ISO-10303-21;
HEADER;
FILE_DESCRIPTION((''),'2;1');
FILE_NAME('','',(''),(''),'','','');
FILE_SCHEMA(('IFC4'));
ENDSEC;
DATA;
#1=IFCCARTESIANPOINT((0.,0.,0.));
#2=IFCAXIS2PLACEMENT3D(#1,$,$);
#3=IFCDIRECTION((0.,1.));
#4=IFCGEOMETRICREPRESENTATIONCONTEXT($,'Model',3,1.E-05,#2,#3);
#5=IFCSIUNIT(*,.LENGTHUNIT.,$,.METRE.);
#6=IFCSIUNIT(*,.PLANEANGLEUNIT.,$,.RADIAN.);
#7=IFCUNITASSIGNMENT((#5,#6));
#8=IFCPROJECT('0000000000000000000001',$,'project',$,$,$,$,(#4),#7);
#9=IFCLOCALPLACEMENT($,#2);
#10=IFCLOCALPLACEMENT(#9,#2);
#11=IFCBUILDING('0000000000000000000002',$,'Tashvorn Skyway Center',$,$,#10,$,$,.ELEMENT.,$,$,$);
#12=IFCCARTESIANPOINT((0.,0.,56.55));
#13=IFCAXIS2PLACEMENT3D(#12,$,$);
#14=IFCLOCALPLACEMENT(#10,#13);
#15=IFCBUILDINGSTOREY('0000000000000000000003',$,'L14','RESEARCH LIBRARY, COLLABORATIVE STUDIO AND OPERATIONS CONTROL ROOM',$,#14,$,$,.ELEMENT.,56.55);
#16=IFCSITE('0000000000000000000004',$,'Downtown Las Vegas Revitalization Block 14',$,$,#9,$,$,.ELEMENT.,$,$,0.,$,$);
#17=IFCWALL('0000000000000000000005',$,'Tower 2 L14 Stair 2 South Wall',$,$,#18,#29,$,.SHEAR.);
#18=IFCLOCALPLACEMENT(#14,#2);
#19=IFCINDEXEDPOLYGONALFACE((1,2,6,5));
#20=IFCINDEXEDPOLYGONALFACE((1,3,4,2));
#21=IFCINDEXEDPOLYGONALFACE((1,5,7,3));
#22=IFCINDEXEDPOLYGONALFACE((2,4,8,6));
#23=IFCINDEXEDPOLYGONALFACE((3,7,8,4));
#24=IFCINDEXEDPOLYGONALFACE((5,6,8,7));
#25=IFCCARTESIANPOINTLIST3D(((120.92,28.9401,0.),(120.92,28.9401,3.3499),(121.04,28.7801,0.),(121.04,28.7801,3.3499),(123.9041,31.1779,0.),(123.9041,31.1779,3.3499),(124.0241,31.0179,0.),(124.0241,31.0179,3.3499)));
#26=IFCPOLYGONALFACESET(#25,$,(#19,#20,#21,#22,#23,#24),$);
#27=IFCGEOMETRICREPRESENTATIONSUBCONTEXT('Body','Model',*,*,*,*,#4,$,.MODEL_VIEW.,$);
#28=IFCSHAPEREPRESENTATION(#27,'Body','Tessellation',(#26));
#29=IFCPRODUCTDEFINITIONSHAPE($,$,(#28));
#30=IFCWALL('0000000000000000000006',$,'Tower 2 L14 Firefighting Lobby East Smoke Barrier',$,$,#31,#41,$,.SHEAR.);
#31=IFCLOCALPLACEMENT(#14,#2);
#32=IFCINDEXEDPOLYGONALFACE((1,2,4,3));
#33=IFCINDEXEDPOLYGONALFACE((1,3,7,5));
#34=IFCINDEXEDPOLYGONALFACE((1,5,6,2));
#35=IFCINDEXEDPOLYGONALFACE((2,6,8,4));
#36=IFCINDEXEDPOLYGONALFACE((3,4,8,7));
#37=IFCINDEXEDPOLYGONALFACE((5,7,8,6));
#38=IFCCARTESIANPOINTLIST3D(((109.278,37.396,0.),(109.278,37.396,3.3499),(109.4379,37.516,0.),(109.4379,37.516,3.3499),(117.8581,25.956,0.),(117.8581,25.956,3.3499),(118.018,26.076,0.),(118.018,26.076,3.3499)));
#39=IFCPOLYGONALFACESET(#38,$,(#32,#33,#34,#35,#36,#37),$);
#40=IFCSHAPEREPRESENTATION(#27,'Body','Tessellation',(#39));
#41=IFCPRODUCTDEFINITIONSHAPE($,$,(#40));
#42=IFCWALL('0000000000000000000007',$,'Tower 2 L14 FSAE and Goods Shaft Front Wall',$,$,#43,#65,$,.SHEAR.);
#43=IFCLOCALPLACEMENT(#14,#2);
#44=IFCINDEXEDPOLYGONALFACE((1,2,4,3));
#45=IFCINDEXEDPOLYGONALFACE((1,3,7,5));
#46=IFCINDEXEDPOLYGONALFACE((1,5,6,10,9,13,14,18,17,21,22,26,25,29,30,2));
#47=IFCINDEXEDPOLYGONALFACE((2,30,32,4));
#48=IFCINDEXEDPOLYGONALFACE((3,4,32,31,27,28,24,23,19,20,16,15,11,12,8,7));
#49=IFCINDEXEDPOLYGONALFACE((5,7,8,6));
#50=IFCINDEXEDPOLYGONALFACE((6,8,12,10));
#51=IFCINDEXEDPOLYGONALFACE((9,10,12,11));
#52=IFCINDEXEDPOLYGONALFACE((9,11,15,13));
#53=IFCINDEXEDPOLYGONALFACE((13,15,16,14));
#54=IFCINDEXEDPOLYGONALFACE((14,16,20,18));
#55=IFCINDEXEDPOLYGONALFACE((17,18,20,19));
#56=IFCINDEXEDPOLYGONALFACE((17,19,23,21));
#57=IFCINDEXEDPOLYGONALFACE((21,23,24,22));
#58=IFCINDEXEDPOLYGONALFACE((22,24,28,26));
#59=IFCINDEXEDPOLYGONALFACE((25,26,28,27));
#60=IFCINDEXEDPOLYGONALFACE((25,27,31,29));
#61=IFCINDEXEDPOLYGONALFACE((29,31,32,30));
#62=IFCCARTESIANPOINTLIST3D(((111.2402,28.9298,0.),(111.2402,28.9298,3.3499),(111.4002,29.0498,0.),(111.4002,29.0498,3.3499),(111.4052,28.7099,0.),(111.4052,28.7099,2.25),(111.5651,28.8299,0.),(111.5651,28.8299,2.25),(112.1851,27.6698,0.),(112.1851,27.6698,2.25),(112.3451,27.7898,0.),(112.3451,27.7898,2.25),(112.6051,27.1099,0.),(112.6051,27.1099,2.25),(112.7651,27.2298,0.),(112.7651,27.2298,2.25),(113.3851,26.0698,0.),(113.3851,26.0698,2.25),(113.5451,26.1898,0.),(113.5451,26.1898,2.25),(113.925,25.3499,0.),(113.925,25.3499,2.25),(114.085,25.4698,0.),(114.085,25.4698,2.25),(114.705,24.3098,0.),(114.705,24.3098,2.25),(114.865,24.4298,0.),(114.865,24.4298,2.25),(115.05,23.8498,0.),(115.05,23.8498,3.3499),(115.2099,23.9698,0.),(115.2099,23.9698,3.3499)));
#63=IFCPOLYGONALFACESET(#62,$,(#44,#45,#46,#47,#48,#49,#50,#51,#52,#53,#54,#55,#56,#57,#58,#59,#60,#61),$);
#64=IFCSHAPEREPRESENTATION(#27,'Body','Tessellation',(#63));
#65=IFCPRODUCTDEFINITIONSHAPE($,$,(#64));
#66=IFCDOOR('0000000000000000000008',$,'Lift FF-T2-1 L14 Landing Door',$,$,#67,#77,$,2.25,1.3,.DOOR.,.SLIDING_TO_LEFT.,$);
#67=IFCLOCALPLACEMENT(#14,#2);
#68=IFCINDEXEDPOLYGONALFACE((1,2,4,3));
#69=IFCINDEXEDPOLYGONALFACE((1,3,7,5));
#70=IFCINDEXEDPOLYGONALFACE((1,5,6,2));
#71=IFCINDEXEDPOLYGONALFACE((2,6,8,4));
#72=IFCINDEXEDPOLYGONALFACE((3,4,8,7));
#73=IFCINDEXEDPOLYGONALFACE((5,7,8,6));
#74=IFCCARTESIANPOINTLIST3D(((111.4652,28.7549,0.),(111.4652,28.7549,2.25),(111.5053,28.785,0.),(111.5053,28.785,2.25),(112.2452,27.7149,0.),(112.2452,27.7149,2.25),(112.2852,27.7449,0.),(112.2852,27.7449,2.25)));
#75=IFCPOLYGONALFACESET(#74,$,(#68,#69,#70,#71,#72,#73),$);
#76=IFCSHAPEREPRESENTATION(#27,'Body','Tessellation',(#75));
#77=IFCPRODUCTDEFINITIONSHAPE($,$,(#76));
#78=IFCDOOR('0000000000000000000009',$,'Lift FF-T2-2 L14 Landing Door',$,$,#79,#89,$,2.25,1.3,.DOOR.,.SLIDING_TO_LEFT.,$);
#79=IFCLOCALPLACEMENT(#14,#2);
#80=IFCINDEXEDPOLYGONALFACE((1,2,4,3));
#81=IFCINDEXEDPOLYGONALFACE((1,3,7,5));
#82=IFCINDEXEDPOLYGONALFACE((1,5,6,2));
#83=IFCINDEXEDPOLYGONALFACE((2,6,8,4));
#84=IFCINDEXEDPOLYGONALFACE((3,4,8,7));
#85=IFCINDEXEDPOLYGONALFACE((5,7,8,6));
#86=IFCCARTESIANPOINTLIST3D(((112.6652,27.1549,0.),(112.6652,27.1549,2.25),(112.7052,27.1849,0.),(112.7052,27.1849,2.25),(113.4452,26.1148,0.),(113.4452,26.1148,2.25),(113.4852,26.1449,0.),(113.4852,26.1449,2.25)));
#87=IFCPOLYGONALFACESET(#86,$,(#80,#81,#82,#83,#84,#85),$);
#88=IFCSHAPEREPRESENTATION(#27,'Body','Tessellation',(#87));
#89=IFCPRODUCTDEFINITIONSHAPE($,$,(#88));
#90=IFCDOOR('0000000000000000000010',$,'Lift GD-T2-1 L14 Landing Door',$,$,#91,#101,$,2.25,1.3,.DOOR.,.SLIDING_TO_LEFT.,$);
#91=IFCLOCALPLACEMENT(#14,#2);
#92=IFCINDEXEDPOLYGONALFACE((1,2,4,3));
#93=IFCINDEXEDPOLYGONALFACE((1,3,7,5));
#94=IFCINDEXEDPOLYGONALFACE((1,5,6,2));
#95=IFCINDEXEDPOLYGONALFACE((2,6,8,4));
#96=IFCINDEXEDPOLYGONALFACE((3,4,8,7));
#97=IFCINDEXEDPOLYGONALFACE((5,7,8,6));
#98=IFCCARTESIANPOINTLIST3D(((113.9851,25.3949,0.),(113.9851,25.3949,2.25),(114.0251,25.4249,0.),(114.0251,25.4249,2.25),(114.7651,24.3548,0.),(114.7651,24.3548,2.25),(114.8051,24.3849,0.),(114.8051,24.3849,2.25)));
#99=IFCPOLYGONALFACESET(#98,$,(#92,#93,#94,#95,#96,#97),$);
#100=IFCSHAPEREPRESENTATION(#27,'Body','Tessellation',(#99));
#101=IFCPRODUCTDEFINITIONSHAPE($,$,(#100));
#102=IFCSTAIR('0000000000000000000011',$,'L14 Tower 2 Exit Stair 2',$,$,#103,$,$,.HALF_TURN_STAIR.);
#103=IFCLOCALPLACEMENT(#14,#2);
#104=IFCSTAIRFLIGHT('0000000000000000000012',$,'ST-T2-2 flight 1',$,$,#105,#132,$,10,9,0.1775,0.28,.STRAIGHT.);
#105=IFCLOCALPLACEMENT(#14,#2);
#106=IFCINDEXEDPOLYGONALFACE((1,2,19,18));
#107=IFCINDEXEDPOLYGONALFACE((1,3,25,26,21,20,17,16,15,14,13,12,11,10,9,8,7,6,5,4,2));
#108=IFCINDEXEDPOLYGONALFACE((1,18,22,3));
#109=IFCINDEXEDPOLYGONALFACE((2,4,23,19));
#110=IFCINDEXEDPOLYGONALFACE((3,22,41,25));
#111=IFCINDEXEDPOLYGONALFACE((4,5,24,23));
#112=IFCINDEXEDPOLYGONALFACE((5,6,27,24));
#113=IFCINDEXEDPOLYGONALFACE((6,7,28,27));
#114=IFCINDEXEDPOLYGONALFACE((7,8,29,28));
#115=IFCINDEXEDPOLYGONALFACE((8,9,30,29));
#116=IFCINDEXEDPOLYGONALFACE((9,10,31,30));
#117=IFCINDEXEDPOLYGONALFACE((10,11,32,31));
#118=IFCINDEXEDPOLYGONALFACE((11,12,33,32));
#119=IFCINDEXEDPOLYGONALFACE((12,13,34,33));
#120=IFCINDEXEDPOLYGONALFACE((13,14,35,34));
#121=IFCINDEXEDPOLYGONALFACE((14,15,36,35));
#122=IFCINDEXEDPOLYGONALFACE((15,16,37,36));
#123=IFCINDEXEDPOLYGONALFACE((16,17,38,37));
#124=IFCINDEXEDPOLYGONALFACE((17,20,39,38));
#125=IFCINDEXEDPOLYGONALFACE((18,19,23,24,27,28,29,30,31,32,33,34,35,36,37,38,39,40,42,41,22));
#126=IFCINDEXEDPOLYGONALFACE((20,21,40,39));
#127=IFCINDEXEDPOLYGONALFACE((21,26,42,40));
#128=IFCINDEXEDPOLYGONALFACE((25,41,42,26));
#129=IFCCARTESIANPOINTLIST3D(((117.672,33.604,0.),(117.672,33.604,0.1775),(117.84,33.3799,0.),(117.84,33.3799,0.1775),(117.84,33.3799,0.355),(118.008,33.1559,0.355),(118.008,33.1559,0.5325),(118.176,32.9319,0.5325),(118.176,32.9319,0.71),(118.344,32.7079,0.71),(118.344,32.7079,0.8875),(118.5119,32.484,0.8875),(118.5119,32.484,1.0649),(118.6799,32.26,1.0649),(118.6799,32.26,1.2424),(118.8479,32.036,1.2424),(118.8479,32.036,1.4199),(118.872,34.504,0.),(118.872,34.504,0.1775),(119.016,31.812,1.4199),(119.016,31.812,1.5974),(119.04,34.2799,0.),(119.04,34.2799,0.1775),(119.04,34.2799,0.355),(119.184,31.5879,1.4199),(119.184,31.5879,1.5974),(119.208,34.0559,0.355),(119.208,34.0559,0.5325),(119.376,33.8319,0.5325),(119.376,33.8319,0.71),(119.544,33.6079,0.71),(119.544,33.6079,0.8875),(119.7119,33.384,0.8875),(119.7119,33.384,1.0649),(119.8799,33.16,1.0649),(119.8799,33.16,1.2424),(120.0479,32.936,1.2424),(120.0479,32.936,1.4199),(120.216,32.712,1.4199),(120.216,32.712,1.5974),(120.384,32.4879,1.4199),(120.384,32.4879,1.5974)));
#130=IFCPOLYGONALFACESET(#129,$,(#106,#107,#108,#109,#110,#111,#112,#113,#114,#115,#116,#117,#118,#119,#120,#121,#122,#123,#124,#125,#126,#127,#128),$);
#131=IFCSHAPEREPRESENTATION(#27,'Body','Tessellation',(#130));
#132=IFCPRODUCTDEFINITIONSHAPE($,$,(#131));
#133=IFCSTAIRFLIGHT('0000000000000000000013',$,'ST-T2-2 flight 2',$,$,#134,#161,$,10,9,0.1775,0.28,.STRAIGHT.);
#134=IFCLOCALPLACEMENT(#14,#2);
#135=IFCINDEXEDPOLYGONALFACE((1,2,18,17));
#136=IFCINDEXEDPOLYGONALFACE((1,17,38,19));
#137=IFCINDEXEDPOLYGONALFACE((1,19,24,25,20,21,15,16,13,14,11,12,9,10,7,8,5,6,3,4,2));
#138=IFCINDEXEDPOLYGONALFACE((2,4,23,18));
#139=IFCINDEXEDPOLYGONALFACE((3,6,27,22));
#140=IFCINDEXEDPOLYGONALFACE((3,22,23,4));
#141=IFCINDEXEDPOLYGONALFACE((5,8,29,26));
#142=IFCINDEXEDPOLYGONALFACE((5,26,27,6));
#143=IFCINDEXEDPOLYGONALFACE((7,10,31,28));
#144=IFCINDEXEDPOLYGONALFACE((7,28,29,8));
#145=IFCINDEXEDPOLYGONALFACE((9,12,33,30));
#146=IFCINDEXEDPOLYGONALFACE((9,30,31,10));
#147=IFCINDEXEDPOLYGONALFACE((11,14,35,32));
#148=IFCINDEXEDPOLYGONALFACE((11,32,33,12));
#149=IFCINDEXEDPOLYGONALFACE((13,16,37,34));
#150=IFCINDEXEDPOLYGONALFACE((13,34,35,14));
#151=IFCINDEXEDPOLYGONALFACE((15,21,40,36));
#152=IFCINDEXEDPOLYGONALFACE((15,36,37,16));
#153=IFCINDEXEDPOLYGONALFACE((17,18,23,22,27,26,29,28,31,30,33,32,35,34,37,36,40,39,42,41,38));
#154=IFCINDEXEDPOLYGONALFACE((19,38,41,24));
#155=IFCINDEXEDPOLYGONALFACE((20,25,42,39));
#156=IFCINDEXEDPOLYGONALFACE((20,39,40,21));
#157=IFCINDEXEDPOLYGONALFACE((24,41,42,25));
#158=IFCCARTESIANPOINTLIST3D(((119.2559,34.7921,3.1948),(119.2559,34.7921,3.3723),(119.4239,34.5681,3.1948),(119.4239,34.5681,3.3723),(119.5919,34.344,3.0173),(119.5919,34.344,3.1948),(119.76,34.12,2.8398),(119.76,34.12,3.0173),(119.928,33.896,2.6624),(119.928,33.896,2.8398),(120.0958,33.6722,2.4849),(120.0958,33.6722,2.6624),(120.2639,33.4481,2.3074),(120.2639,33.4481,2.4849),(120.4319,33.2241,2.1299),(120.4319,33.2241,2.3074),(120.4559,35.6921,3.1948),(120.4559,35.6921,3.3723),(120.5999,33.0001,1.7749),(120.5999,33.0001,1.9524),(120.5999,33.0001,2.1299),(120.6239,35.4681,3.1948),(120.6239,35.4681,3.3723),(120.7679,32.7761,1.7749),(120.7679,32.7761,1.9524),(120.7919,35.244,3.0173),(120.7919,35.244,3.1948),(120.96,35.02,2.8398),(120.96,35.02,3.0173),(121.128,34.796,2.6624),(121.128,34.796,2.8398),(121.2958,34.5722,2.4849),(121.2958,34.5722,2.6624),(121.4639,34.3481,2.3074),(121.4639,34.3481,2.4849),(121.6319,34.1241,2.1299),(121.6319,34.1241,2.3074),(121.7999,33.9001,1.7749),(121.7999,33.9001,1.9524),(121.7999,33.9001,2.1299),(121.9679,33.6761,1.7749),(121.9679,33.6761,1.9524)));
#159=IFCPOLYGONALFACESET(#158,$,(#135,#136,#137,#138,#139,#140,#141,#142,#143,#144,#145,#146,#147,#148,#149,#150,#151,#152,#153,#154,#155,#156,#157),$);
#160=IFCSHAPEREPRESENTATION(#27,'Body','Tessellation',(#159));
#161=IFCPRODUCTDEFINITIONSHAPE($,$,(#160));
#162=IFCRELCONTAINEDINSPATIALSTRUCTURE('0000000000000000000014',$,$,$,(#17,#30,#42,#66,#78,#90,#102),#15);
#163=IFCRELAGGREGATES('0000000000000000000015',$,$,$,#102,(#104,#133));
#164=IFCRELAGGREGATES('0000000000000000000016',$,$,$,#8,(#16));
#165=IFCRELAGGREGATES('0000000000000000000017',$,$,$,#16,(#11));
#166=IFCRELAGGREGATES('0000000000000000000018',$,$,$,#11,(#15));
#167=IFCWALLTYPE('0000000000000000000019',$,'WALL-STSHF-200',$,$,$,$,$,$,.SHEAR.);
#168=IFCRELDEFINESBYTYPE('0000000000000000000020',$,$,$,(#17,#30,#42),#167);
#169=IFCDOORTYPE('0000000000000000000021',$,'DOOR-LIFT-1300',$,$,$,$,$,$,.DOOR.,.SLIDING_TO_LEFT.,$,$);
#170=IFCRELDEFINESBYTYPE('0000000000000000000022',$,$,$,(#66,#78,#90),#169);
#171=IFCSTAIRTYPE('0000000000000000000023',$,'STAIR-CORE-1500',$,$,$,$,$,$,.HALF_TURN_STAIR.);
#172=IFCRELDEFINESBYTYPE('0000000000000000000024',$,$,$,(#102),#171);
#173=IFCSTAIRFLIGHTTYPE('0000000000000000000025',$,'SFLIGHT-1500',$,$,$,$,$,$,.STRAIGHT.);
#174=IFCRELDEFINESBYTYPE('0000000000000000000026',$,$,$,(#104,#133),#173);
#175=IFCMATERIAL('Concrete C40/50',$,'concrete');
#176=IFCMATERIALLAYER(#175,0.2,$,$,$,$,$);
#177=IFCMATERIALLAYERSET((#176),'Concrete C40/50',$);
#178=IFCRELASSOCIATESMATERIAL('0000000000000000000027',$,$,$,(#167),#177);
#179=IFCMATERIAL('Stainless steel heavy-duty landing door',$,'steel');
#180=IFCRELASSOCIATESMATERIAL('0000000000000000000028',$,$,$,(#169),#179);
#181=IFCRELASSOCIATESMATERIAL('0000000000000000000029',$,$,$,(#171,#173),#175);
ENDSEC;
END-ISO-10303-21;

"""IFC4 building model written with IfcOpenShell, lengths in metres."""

from ifc_helpers import new_model, si_unit, direction, frame, frame_2d, origin, place, context, subcontext, project, spatial, polyline, rectangle, outline, extrude, material, layer, layer_set, type_object, element, fill, aggregate, save


model = new_model("IFC4")

# Units and contexts
model_context = context("Model", 3, precision=1e-05, world=origin(), true_north=direction((0.0, 1.0)))
body_context = subcontext(model_context, "Body", "Model", "MODEL_VIEW")
ifc_project = project(units=[si_unit("LENGTHUNIT", "METRE"), si_unit("PLANEANGLEUNIT", "RADIAN")], contexts=[model_context])

# Site, building, storey
site_placement = place(None, origin())
site = spatial("IfcSite", under=ifc_project, at=site_placement, Name="Downtown Las Vegas Revitalization Block 14", CompositionType="ELEMENT", RefElevation=0.0)
building_placement = place(site_placement, origin())
building = spatial("IfcBuilding", under=site, at=building_placement, Name="Tashvorn Skyway Center", CompositionType="ELEMENT")
storey_placement = place(building_placement, frame((0.0, 0.0, 56.55)))
storey = spatial("IfcBuildingStorey", under=building, at=storey_placement, Name="L14", Description="RESEARCH LIBRARY, COLLABORATIVE STUDIO AND OPERATIONS CONTROL ROOM", CompositionType="ELEMENT", Elevation=56.55)

# Shared definitions
ifc_material_1 = material(Name="Concrete C40/50", Category="concrete")

# Walls
ifc_layer_1 = layer(ifc_material_1, 0.2)
ifc_layer_set_1 = layer_set([ifc_layer_1], Name="Concrete C40/50")
wall_type_1 = type_object("IfcWallType", Name="WALL-STSHF-200", PredefinedType="SHEAR", material=ifc_layer_set_1)
wall_1_placement = place(storey_placement, frame((120.98, 28.8601, 0.0), z_axis=(0.0, 0.0, 1.0), x_axis=(0.800039, 0.599948, 0.0)))
element("IfcWall", 1, at=wall_1_placement, inside=storey, type_object=wall_type_1, Name="Tower 2 L14 Stair 2 South Wall", PredefinedType="SHEAR", context=body_context, shape_type="SweptSolid", body=[
    extrude(rectangle(XDim=3.73, YDim=0.2, at=frame_2d((1.865, 0.0))), origin(), (0.0, 0.0, 1.0), 3.3499),
])
wall_2_placement = place(storey_placement, frame((117.938, 26.0161, 0.0), z_axis=(0.0, 0.0, 1.0), x_axis=(-0.600005, 0.799996, 0.0)))
element("IfcWall", 2, at=wall_2_placement, inside=storey, type_object=wall_type_1, Name="Tower 2 L14 Firefighting Lobby East Smoke Barrier", PredefinedType="SHEAR", context=body_context, shape_type="SweptSolid", body=[
    extrude(rectangle(XDim=14.3, YDim=0.2, at=frame_2d((7.1499, 0.0))), origin(), (0.0, 0.0, 1.0), 3.3499),
])

# Wall, openings, doors
wall_3_placement = place(storey_placement, frame((115.1299, 23.9099, 0.0), z_axis=(0.0, 0.0, 1.0), x_axis=(-0.599975, 0.800018, 0.0)))
wall_3 = element("IfcWall", 3, at=wall_3_placement, inside=storey, type_object=wall_type_1, Name="Tower 2 L14 FSAE and Goods Shaft Front Wall", PredefinedType="SHEAR", context=body_context, shape_type="SweptSolid", body=[
    extrude(rectangle(XDim=6.3499, YDim=0.2, at=frame_2d((3.1748, 0.0))), origin(), (0.0, 0.0, 1.0), 3.3499),
])
opening_1_placement = place(wall_3_placement, frame((4.7749, 0.0, 0.0)))
opening_1 = element("IfcOpeningElement", 4, at=opening_1_placement, cuts=wall_3, PredefinedType="OPENING", context=body_context, shape_type="SweptSolid", body=[
    extrude(rectangle(XDim=1.3, YDim=2.25, at=frame_2d((0.6499, 1.125))), frame((0.0, 0.1099, 0.0), z_axis=(0.0, -1.0, 0.0), x_axis=(1.0, 0.0, 0.0)), (0.0, 0.0, 1.0), 0.22),
])
opening_2_placement = place(wall_3_placement, frame((2.7749, 0.0, 0.0)))
opening_2 = element("IfcOpeningElement", 5, at=opening_2_placement, cuts=wall_3, PredefinedType="OPENING", context=body_context, shape_type="SweptSolid", body=[
    extrude(rectangle(XDim=1.3, YDim=2.25, at=frame_2d((0.6499, 1.125))), frame((0.0, 0.1099, 0.0), z_axis=(0.0, -1.0, 0.0), x_axis=(1.0, 0.0, 0.0)), (0.0, 0.0, 1.0), 0.22),
])
opening_3_placement = place(wall_3_placement, frame((0.575, 0.0, 0.0)))
opening_3 = element("IfcOpeningElement", 6, at=opening_3_placement, cuts=wall_3, PredefinedType="OPENING", context=body_context, shape_type="SweptSolid", body=[
    extrude(rectangle(XDim=1.3, YDim=2.25, at=frame_2d((0.6499, 1.125))), frame((0.0, 0.1099, 0.0), z_axis=(0.0, -1.0, 0.0), x_axis=(1.0, 0.0, 0.0)), (0.0, 0.0, 1.0), 0.22),
])
ifc_material_2 = material(Name="Stainless steel heavy-duty landing door", Category="steel")
door_type_1 = type_object("IfcDoorType", Name="DOOR-LIFT-1300", OperationType="SLIDING_TO_LEFT", PredefinedType="DOOR", material=ifc_material_2)
door_1_placement = place(opening_1_placement, origin())
door_1 = element("IfcDoor", 7, at=door_1_placement, inside=storey, type_object=door_type_1, Name="Lift FF-T2-1 L14 Landing Door", OperationType="SLIDING_TO_LEFT", OverallHeight=2.25, OverallWidth=1.3, PredefinedType="DOOR", context=body_context, shape_type="SweptSolid", body=[
    extrude(rectangle(XDim=1.3, YDim=2.25, at=frame_2d((0.6499, 1.125))), frame((0.0, 0.0249, 0.0), z_axis=(0.0, -1.0, 0.0), x_axis=(1.0, 0.0, 0.0)), (0.0, 0.0, 1.0), 0.05),
])
fill(opening_1, door_1)
door_2_placement = place(opening_2_placement, origin())
door_2 = element("IfcDoor", 8, at=door_2_placement, inside=storey, type_object=door_type_1, Name="Lift FF-T2-2 L14 Landing Door", OperationType="SLIDING_TO_LEFT", OverallHeight=2.25, OverallWidth=1.3, PredefinedType="DOOR", context=body_context, shape_type="SweptSolid", body=[
    extrude(rectangle(XDim=1.3, YDim=2.25, at=frame_2d((0.6499, 1.125))), frame((0.0, 0.0249, 0.0), z_axis=(0.0, -1.0, 0.0), x_axis=(1.0, 0.0, 0.0)), (0.0, 0.0, 1.0), 0.05),
])
fill(opening_2, door_2)
door_3_placement = place(opening_3_placement, origin())
door_3 = element("IfcDoor", 9, at=door_3_placement, inside=storey, type_object=door_type_1, Name="Lift GD-T2-1 L14 Landing Door", OperationType="SLIDING_TO_LEFT", OverallHeight=2.25, OverallWidth=1.3, PredefinedType="DOOR", context=body_context, shape_type="SweptSolid", body=[
    extrude(rectangle(XDim=1.3, YDim=2.25, at=frame_2d((0.6499, 1.125))), frame((0.0, 0.0249, 0.0), z_axis=(0.0, -1.0, 0.0), x_axis=(1.0, 0.0, 0.0)), (0.0, 0.0, 1.0), 0.05),
])
fill(opening_3, door_3)

# Stair, stair flights
stair_type = type_object("IfcStairType", Name="STAIR-CORE-1500", PredefinedType="HALF_TURN_STAIR", material=ifc_material_1)
stair_placement = place(storey_placement, origin())
stair = element("IfcStair", 10, at=stair_placement, inside=storey, type_object=stair_type, Name="L14 Tower 2 Exit Stair 2", PredefinedType="HALF_TURN_STAIR")
stair_flight_type = type_object("IfcStairFlightType", Name="SFLIGHT-1500", PredefinedType="STRAIGHT", material=ifc_material_1)
stair_flight_1_placement = place(storey_placement, frame((118.272, 34.054, 0.0), z_axis=(0.0, 0.0, 1.0), x_axis=(0.6, -0.8, 0.0)))
stair_flight_1 = element("IfcStairFlight", 11, at=stair_flight_1_placement, type_object=stair_flight_type, Name="ST-T2-2 flight 1", NumberOfRisers=10, NumberOfTreads=9, PredefinedType="STRAIGHT", RiserHeight=0.1775, TreadLength=0.28, context=body_context, shape_type="SweptSolid", body=[
    extrude(outline(polyline([(0.0, 0.0), (0.0, 0.1775), (0.28, 0.1775), (0.28, 0.355), (0.5601, 0.355), (0.5601, 0.5325), (0.8401, 0.5325), (0.8401, 0.71), (1.1201, 0.71), (1.1201, 0.8875), (1.3999, 0.8875), (1.3999, 1.0649), (1.6799, 1.0649), (1.6799, 1.2424), (1.96, 1.2424), (1.96, 1.4199), (2.24, 1.4199), (2.24, 1.5974), (2.52, 1.5974), (2.52, 1.7749), (2.52, 1.4199), (0.28, 0.0), (0.0, 0.0)])), frame((0.0, 0.75, 0.0), z_axis=(0.0, -1.0, 0.0), x_axis=(1.0, 0.0, 0.0)), (0.0, 0.0, 1.0), 1.5),
])
stair_flight_2_placement = place(storey_placement, frame((121.3679, 33.2261, 1.7749), z_axis=(0.0, 0.0, 1.0), x_axis=(-0.6, 0.8, 0.0)))
stair_flight_2 = element("IfcStairFlight", 12, at=stair_flight_2_placement, type_object=stair_flight_type, Name="ST-T2-2 flight 2", NumberOfRisers=10, NumberOfTreads=9, PredefinedType="STRAIGHT", RiserHeight=0.1775, TreadLength=0.28, context=body_context, shape_type="SweptSolid", body=[
    extrude(outline(polyline([(0.0, 0.0), (0.0, 0.1775), (0.28, 0.1775), (0.28, 0.355), (0.5601, 0.355), (0.5601, 0.5325), (0.8401, 0.5325), (0.8401, 0.71), (1.1201, 0.71), (1.1201, 0.8875), (1.3999, 0.8875), (1.3999, 1.0649), (1.6799, 1.0649), (1.6799, 1.2424), (1.96, 1.2424), (1.96, 1.4199), (2.24, 1.4199), (2.24, 1.5974), (2.52, 1.5974), (2.52, 1.7749), (2.52, 1.4199), (0.28, 0.0), (0.0, 0.0)])), frame((0.0, 0.75, 0.0), z_axis=(0.0, -1.0, 0.0), x_axis=(1.0, 0.0, 0.0)), (0.0, 0.0, 1.0), 1.5),
])
aggregate(stair, [stair_flight_1, stair_flight_2])

save(model, "model.ifc")
